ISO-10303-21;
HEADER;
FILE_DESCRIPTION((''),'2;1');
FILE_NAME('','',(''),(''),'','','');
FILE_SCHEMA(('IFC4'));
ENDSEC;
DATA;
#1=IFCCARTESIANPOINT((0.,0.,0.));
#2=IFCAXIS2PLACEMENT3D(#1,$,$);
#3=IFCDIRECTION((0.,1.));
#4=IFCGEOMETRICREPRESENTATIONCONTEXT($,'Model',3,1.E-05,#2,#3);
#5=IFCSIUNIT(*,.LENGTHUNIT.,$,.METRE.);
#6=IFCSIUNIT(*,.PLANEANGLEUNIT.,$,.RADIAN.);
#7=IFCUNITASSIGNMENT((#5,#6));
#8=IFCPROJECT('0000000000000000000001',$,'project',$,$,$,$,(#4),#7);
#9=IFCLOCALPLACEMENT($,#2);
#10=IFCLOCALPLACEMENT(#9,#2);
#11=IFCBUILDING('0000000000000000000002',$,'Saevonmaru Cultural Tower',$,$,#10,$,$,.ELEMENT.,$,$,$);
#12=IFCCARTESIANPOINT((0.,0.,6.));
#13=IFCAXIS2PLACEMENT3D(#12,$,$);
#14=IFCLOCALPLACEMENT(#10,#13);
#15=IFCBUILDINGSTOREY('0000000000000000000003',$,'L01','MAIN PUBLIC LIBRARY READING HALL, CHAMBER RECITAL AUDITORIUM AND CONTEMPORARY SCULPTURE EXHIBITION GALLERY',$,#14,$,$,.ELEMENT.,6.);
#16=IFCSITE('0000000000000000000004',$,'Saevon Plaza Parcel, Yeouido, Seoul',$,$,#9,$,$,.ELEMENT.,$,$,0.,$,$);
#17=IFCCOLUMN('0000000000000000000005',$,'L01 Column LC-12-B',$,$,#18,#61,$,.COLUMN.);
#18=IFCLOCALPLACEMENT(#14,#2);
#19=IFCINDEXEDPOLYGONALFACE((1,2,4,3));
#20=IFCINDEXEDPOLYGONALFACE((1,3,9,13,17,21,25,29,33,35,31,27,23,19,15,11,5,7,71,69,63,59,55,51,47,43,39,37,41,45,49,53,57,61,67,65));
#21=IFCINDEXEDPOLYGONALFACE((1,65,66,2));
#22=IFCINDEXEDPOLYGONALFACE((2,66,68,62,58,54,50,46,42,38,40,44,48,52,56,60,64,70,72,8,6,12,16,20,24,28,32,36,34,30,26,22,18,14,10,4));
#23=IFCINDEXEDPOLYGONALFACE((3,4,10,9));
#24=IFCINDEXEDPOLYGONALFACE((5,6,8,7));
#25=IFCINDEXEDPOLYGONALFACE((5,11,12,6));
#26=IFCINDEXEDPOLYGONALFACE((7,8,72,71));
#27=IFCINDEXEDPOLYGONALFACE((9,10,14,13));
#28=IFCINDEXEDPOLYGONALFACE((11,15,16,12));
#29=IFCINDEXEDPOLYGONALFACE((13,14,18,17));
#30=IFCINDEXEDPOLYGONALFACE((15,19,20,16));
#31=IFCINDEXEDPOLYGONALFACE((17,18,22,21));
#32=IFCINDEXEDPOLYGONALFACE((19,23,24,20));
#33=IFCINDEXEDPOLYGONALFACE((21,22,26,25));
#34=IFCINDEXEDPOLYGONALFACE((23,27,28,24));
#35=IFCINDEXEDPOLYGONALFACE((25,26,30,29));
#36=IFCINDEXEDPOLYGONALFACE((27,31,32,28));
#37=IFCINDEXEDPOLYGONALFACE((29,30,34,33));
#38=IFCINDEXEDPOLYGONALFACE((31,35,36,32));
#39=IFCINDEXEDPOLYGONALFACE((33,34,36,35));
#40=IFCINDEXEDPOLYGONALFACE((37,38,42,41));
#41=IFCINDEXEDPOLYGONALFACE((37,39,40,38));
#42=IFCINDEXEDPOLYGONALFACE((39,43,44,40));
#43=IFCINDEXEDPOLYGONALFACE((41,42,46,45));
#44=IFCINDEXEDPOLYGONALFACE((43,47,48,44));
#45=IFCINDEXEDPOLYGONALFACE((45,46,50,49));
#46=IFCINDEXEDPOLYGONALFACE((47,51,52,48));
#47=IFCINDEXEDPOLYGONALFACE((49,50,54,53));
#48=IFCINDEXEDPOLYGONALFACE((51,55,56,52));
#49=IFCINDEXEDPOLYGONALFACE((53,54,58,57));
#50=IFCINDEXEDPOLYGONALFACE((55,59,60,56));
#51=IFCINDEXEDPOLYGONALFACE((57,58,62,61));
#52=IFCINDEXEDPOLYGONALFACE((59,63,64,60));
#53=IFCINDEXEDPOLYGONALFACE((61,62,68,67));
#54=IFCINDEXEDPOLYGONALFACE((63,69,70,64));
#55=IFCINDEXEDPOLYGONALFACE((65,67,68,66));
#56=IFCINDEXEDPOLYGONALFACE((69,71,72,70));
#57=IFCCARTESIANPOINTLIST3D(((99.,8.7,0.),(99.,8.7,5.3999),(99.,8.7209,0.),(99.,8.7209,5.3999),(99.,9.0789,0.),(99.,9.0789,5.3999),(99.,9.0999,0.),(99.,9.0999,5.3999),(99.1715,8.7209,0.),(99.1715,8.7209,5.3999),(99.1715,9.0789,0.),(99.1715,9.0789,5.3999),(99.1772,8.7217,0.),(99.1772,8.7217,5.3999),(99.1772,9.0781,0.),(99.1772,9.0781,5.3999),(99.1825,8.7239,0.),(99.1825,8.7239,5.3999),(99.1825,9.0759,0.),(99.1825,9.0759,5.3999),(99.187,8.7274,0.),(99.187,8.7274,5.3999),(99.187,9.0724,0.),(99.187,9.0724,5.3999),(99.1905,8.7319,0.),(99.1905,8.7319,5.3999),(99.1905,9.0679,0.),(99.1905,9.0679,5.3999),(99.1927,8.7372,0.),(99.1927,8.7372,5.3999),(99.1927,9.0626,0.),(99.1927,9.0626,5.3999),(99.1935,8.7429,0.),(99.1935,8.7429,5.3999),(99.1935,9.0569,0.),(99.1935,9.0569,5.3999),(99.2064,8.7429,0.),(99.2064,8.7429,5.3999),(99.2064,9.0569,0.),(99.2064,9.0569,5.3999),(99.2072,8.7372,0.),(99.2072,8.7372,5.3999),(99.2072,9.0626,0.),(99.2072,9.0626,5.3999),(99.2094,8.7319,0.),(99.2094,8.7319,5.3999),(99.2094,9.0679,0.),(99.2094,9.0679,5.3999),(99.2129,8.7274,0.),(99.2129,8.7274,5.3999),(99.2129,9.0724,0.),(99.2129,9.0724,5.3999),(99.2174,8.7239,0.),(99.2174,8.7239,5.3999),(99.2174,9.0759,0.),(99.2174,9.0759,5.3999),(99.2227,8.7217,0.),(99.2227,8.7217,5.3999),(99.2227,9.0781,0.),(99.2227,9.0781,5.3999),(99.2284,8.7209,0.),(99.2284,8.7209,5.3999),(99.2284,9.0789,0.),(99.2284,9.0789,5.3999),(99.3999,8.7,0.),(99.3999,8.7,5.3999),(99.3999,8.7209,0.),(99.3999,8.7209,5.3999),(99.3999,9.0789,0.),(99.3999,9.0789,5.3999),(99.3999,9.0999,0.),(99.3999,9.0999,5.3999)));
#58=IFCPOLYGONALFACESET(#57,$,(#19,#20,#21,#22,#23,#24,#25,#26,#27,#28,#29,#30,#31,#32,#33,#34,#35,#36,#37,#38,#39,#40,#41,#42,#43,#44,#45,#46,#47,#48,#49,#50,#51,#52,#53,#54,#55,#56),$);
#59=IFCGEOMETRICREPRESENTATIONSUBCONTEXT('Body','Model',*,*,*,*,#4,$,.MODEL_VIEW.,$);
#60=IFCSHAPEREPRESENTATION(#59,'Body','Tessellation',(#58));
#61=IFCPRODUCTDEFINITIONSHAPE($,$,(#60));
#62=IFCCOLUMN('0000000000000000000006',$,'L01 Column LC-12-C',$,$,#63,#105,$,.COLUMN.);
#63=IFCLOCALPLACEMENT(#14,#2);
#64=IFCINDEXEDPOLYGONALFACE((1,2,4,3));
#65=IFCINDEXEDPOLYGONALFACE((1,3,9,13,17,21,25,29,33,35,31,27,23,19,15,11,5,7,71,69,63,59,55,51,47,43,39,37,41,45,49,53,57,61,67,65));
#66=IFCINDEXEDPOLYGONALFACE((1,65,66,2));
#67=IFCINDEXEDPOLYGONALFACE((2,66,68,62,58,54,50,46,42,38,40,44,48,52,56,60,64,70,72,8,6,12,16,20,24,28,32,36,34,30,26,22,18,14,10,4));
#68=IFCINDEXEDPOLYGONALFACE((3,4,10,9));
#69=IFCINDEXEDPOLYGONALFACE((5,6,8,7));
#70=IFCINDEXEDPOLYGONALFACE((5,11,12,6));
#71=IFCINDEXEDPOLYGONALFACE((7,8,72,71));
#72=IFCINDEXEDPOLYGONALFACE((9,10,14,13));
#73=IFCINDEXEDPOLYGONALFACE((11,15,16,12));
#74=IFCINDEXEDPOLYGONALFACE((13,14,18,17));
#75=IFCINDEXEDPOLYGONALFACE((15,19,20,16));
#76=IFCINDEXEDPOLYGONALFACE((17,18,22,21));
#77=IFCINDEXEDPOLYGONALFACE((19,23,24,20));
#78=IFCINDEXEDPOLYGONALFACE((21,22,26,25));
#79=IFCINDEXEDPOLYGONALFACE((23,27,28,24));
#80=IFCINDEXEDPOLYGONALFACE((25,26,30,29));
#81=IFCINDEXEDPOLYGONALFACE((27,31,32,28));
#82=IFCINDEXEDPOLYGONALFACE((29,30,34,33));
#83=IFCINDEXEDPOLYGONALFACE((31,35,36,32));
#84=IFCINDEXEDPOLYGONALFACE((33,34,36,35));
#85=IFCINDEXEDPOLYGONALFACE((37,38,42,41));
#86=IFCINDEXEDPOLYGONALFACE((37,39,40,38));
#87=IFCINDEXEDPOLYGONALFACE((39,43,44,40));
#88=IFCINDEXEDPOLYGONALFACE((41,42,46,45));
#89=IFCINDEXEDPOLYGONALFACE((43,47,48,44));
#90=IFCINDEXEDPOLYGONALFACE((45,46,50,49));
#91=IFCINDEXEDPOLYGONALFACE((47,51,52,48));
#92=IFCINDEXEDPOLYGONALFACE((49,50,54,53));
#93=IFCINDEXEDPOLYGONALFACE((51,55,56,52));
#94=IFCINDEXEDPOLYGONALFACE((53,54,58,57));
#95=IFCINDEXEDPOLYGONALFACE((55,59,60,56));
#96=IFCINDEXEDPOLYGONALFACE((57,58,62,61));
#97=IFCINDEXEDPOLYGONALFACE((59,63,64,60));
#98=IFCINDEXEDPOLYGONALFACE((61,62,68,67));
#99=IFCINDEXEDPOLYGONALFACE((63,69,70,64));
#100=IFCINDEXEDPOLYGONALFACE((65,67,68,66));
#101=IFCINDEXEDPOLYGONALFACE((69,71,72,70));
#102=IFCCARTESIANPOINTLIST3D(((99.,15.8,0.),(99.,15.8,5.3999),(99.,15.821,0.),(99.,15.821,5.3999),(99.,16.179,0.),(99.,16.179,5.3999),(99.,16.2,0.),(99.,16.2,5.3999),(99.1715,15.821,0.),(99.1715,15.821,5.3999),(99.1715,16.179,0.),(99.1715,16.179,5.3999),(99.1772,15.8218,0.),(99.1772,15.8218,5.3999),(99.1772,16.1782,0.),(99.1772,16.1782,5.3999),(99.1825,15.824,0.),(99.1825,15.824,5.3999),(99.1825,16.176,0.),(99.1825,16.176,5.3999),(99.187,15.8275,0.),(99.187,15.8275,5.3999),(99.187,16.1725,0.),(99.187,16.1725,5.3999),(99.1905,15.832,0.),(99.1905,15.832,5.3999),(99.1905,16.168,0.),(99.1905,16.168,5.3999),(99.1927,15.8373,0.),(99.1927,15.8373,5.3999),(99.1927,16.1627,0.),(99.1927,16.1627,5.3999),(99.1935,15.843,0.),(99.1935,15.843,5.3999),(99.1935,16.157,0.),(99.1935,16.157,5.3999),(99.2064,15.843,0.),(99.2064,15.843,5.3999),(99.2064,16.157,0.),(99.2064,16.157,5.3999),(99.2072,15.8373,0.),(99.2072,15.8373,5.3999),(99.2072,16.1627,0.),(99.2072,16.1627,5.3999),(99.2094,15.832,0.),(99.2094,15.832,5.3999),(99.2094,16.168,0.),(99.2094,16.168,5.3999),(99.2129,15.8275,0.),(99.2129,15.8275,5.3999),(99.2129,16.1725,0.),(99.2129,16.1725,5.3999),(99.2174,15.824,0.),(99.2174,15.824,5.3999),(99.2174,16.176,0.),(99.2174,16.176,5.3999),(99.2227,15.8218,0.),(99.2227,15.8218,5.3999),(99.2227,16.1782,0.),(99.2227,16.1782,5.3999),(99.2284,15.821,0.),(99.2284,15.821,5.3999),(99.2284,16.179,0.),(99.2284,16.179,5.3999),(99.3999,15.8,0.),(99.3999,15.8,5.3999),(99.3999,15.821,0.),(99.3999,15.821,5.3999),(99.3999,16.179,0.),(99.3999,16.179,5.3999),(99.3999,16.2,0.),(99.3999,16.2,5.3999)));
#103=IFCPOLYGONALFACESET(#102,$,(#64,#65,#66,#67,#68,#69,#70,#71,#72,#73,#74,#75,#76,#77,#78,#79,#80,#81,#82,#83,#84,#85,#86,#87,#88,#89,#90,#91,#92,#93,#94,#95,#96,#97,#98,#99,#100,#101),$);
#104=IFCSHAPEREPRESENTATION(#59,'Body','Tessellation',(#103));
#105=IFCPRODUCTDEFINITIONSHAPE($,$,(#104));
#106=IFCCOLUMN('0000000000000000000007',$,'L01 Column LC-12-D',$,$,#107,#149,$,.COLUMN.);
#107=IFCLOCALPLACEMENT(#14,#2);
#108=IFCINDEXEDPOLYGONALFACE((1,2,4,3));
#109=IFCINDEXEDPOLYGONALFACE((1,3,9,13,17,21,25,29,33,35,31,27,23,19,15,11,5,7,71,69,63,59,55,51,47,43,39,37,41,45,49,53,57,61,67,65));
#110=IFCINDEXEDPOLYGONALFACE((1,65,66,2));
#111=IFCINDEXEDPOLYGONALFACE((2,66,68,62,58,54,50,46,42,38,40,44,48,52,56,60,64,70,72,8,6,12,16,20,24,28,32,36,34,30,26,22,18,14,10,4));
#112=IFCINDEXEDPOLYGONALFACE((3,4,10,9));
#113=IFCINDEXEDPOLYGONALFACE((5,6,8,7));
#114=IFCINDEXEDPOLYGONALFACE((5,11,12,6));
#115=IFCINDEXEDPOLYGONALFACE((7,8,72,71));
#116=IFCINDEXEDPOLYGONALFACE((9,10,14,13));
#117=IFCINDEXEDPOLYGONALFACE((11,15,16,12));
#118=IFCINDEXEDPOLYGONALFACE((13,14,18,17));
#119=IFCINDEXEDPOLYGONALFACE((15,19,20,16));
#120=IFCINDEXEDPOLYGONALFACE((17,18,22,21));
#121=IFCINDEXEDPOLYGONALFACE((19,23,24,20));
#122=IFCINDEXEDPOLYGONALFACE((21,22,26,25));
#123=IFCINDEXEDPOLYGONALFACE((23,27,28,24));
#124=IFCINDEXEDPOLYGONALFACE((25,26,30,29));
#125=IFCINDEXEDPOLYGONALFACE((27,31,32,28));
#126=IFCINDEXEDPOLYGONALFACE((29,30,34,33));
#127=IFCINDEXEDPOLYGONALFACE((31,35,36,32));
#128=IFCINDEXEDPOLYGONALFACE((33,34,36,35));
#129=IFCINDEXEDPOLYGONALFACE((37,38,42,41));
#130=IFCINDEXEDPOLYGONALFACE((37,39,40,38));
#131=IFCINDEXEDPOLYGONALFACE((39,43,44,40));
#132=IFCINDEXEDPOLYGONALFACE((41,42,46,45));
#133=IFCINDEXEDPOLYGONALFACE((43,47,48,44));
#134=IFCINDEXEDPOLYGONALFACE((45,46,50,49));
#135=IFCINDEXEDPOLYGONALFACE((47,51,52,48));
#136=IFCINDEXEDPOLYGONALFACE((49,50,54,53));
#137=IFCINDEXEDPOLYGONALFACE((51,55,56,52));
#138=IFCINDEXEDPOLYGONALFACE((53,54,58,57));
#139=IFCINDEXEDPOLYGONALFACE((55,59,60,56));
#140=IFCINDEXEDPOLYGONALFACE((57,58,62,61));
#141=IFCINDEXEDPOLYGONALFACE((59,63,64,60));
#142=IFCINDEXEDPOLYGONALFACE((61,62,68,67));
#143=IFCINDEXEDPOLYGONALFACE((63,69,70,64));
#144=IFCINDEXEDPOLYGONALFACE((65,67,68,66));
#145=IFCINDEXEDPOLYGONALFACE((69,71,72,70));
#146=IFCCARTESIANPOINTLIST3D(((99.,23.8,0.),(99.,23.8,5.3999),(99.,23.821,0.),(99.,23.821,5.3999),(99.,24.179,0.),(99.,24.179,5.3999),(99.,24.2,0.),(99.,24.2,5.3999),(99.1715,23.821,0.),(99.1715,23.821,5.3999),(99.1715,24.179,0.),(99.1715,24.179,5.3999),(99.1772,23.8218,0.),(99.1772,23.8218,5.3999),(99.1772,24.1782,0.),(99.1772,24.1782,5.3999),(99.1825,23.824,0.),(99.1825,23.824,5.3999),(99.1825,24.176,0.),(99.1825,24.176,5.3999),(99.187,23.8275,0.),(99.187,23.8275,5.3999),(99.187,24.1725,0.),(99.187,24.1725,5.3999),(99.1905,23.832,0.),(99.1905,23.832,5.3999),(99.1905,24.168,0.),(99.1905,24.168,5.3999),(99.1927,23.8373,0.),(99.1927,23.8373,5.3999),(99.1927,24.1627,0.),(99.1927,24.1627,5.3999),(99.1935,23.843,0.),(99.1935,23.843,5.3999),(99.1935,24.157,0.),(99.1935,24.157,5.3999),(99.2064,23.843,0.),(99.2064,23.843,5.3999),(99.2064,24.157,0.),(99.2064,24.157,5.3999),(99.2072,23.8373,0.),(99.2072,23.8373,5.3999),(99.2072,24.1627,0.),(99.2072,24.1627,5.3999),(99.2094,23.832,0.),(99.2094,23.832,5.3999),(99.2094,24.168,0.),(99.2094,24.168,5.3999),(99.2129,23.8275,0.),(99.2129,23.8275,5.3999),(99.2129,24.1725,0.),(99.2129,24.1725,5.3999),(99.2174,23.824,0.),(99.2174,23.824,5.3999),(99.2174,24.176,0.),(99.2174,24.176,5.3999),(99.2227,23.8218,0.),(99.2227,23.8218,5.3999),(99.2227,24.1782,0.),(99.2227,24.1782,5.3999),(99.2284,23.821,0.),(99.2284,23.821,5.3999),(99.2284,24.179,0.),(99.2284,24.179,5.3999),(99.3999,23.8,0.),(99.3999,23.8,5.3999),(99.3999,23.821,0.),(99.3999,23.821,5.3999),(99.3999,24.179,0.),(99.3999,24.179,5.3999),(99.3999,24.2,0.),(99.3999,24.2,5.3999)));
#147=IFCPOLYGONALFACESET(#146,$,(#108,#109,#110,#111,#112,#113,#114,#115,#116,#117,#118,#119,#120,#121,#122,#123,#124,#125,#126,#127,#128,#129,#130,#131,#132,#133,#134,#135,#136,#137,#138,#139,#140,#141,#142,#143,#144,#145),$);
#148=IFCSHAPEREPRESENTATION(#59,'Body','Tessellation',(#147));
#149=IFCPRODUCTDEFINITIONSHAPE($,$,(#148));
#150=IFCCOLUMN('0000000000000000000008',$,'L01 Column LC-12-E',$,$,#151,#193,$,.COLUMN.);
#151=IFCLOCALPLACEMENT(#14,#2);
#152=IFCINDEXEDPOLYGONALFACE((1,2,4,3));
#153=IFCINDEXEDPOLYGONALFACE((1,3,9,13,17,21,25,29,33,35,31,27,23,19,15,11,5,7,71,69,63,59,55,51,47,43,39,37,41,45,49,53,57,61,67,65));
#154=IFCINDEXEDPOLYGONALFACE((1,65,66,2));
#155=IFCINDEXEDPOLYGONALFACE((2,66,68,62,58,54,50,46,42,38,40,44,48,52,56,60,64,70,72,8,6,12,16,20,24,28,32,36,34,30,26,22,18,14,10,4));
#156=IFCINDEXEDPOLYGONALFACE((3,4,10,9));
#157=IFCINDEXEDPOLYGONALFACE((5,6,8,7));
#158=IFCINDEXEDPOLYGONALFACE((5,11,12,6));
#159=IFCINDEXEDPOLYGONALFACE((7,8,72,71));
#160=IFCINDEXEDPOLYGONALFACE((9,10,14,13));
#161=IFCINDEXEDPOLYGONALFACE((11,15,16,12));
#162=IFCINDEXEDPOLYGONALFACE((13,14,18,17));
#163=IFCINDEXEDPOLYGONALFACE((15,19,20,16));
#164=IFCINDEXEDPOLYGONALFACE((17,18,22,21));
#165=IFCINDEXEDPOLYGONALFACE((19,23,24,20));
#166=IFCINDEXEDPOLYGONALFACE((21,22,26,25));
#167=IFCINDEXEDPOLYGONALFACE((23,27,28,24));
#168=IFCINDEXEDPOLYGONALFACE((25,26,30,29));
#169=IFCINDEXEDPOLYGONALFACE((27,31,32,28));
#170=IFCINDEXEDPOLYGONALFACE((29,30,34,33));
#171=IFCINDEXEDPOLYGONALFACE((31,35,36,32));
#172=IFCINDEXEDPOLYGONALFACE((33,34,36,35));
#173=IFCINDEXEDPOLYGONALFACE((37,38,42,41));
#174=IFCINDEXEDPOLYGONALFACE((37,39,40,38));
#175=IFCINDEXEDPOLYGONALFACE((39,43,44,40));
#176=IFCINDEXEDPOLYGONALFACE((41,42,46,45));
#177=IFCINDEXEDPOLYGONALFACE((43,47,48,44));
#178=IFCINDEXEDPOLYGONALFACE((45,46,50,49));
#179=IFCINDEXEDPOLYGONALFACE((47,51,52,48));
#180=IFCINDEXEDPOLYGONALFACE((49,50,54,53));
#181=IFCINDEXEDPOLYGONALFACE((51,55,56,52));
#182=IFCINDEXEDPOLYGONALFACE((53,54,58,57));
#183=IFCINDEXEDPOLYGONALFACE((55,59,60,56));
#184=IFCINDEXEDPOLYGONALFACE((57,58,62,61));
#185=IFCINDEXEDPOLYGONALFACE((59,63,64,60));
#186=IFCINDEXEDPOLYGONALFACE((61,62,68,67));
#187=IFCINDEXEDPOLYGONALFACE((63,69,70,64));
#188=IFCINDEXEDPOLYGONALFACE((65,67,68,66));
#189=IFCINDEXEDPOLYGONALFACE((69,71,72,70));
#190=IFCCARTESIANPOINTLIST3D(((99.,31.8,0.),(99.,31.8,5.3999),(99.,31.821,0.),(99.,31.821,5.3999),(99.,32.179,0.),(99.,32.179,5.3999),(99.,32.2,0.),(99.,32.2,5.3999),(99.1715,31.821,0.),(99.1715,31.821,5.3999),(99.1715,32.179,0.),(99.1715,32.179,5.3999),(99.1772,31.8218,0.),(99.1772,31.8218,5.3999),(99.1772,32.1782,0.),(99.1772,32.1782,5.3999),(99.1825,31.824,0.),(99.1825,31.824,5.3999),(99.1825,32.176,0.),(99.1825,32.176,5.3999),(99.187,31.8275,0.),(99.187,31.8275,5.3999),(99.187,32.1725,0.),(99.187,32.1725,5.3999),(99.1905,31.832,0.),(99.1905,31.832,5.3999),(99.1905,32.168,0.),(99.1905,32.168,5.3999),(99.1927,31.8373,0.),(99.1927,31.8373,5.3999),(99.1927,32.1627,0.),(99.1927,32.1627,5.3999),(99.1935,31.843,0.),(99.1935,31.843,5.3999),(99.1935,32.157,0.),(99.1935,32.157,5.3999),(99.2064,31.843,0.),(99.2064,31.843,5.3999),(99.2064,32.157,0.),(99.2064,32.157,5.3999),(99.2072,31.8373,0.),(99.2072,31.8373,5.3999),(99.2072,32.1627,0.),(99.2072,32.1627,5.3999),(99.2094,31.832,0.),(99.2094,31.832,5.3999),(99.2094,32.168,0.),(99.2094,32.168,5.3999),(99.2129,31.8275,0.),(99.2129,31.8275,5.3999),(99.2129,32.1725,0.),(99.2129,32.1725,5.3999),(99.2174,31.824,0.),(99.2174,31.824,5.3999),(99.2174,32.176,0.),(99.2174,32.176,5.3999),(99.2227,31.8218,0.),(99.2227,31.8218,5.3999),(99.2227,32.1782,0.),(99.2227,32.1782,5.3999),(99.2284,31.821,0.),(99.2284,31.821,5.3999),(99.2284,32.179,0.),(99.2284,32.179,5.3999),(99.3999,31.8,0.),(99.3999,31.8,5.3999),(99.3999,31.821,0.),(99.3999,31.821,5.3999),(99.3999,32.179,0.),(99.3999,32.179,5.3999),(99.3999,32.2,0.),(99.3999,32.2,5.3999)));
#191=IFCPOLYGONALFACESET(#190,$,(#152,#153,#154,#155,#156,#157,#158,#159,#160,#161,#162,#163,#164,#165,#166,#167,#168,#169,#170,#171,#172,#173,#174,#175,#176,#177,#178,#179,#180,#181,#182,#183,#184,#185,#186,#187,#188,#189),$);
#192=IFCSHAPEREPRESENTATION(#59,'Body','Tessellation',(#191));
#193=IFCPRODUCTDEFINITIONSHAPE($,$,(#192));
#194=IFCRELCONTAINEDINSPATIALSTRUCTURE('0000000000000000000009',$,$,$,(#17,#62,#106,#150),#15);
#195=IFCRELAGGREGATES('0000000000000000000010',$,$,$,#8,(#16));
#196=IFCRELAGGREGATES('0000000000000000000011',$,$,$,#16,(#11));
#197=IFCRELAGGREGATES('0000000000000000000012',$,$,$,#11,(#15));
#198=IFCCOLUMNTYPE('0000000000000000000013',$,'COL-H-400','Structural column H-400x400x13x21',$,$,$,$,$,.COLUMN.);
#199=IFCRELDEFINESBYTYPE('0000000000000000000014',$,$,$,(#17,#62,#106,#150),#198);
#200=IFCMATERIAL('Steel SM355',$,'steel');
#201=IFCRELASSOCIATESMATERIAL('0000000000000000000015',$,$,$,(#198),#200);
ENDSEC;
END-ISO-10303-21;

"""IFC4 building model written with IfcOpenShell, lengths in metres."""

from ifc_helpers import new_model, si_unit, direction, frame, origin, origin_2d, place, context, subcontext, project, spatial, i_section, extrude, material, material_profile, profile_set, type_object, element, save


model = new_model("IFC4")

# Units and contexts
model_context = context("Model", 3, precision=1e-05, world=origin(), true_north=direction((0.0, 1.0)))
body_context = subcontext(model_context, "Body", "Model", "MODEL_VIEW")
ifc_project = project(units=[si_unit("LENGTHUNIT", "METRE"), si_unit("PLANEANGLEUNIT", "RADIAN")], contexts=[model_context])

# Site, building, storey
site_placement = place(None, origin())
site = spatial("IfcSite", under=ifc_project, at=site_placement, Name="Saevon Plaza Parcel, Yeouido, Seoul", CompositionType="ELEMENT", RefElevation=0.0)
building_placement = place(site_placement, origin())
building = spatial("IfcBuilding", under=site, at=building_placement, Name="Saevonmaru Cultural Tower", CompositionType="ELEMENT")
storey_placement = place(building_placement, frame((0.0, 0.0, 6.0)))
storey = spatial("IfcBuildingStorey", under=building, at=storey_placement, Name="L01", Description="MAIN PUBLIC LIBRARY READING HALL, CHAMBER RECITAL AUDITORIUM AND CONTEMPORARY SCULPTURE EXHIBITION GALLERY", CompositionType="ELEMENT", Elevation=6.0)

# Columns
ifc_material_1 = material(Name="Steel SM355", Category="steel")
ifc_material_profile_1 = material_profile(ifc_material_1, i_section(OverallWidth=0.3999, OverallDepth=0.3999, WebThickness=0.0129, FlangeThickness=0.021, FilletRadius=0.022, at=origin_2d()), Name="H-400x400x13x21")
ifc_profile_set_1 = profile_set([ifc_material_profile_1], Name="Steel SM355")
column_type_1 = type_object("IfcColumnType", Name="COL-H-400", Description="Structural column H-400x400x13x21", PredefinedType="COLUMN", material=ifc_profile_set_1)
for number, where, z_axis, x_axis, name in (
    (1, (99.2, 8.8999, 0.0), (0.0, 0.0, 1.0), (1.0, 0.0, 0.0), "L01 Column LC-12-B"),
    (2, (99.2, 16.0, 0.0), (0.0, 0.0, 1.0), (1.0, 0.0, 0.0), "L01 Column LC-12-C"),
    (3, (99.2, 24.0, 0.0), (0.0, 0.0, 1.0), (1.0, 0.0, 0.0), "L01 Column LC-12-D"),
    (4, (99.2, 32.0, 0.0), (0.0, 0.0, 1.0), (1.0, 0.0, 0.0), "L01 Column LC-12-E"),
):
    element("IfcColumn", number, at=place(storey_placement, frame(where, z_axis=z_axis, x_axis=x_axis)), inside=storey, type_object=column_type_1, Name=name, PredefinedType="COLUMN", context=body_context, shape_type="SweptSolid", body=[
        extrude(i_section(OverallWidth=0.3999, OverallDepth=0.3999, WebThickness=0.0129, FlangeThickness=0.021, FilletRadius=0.022, at=origin_2d()), origin(), (0.0, 0.0, 1.0), 5.3999),
    ])

save(model, "model.ifc")
